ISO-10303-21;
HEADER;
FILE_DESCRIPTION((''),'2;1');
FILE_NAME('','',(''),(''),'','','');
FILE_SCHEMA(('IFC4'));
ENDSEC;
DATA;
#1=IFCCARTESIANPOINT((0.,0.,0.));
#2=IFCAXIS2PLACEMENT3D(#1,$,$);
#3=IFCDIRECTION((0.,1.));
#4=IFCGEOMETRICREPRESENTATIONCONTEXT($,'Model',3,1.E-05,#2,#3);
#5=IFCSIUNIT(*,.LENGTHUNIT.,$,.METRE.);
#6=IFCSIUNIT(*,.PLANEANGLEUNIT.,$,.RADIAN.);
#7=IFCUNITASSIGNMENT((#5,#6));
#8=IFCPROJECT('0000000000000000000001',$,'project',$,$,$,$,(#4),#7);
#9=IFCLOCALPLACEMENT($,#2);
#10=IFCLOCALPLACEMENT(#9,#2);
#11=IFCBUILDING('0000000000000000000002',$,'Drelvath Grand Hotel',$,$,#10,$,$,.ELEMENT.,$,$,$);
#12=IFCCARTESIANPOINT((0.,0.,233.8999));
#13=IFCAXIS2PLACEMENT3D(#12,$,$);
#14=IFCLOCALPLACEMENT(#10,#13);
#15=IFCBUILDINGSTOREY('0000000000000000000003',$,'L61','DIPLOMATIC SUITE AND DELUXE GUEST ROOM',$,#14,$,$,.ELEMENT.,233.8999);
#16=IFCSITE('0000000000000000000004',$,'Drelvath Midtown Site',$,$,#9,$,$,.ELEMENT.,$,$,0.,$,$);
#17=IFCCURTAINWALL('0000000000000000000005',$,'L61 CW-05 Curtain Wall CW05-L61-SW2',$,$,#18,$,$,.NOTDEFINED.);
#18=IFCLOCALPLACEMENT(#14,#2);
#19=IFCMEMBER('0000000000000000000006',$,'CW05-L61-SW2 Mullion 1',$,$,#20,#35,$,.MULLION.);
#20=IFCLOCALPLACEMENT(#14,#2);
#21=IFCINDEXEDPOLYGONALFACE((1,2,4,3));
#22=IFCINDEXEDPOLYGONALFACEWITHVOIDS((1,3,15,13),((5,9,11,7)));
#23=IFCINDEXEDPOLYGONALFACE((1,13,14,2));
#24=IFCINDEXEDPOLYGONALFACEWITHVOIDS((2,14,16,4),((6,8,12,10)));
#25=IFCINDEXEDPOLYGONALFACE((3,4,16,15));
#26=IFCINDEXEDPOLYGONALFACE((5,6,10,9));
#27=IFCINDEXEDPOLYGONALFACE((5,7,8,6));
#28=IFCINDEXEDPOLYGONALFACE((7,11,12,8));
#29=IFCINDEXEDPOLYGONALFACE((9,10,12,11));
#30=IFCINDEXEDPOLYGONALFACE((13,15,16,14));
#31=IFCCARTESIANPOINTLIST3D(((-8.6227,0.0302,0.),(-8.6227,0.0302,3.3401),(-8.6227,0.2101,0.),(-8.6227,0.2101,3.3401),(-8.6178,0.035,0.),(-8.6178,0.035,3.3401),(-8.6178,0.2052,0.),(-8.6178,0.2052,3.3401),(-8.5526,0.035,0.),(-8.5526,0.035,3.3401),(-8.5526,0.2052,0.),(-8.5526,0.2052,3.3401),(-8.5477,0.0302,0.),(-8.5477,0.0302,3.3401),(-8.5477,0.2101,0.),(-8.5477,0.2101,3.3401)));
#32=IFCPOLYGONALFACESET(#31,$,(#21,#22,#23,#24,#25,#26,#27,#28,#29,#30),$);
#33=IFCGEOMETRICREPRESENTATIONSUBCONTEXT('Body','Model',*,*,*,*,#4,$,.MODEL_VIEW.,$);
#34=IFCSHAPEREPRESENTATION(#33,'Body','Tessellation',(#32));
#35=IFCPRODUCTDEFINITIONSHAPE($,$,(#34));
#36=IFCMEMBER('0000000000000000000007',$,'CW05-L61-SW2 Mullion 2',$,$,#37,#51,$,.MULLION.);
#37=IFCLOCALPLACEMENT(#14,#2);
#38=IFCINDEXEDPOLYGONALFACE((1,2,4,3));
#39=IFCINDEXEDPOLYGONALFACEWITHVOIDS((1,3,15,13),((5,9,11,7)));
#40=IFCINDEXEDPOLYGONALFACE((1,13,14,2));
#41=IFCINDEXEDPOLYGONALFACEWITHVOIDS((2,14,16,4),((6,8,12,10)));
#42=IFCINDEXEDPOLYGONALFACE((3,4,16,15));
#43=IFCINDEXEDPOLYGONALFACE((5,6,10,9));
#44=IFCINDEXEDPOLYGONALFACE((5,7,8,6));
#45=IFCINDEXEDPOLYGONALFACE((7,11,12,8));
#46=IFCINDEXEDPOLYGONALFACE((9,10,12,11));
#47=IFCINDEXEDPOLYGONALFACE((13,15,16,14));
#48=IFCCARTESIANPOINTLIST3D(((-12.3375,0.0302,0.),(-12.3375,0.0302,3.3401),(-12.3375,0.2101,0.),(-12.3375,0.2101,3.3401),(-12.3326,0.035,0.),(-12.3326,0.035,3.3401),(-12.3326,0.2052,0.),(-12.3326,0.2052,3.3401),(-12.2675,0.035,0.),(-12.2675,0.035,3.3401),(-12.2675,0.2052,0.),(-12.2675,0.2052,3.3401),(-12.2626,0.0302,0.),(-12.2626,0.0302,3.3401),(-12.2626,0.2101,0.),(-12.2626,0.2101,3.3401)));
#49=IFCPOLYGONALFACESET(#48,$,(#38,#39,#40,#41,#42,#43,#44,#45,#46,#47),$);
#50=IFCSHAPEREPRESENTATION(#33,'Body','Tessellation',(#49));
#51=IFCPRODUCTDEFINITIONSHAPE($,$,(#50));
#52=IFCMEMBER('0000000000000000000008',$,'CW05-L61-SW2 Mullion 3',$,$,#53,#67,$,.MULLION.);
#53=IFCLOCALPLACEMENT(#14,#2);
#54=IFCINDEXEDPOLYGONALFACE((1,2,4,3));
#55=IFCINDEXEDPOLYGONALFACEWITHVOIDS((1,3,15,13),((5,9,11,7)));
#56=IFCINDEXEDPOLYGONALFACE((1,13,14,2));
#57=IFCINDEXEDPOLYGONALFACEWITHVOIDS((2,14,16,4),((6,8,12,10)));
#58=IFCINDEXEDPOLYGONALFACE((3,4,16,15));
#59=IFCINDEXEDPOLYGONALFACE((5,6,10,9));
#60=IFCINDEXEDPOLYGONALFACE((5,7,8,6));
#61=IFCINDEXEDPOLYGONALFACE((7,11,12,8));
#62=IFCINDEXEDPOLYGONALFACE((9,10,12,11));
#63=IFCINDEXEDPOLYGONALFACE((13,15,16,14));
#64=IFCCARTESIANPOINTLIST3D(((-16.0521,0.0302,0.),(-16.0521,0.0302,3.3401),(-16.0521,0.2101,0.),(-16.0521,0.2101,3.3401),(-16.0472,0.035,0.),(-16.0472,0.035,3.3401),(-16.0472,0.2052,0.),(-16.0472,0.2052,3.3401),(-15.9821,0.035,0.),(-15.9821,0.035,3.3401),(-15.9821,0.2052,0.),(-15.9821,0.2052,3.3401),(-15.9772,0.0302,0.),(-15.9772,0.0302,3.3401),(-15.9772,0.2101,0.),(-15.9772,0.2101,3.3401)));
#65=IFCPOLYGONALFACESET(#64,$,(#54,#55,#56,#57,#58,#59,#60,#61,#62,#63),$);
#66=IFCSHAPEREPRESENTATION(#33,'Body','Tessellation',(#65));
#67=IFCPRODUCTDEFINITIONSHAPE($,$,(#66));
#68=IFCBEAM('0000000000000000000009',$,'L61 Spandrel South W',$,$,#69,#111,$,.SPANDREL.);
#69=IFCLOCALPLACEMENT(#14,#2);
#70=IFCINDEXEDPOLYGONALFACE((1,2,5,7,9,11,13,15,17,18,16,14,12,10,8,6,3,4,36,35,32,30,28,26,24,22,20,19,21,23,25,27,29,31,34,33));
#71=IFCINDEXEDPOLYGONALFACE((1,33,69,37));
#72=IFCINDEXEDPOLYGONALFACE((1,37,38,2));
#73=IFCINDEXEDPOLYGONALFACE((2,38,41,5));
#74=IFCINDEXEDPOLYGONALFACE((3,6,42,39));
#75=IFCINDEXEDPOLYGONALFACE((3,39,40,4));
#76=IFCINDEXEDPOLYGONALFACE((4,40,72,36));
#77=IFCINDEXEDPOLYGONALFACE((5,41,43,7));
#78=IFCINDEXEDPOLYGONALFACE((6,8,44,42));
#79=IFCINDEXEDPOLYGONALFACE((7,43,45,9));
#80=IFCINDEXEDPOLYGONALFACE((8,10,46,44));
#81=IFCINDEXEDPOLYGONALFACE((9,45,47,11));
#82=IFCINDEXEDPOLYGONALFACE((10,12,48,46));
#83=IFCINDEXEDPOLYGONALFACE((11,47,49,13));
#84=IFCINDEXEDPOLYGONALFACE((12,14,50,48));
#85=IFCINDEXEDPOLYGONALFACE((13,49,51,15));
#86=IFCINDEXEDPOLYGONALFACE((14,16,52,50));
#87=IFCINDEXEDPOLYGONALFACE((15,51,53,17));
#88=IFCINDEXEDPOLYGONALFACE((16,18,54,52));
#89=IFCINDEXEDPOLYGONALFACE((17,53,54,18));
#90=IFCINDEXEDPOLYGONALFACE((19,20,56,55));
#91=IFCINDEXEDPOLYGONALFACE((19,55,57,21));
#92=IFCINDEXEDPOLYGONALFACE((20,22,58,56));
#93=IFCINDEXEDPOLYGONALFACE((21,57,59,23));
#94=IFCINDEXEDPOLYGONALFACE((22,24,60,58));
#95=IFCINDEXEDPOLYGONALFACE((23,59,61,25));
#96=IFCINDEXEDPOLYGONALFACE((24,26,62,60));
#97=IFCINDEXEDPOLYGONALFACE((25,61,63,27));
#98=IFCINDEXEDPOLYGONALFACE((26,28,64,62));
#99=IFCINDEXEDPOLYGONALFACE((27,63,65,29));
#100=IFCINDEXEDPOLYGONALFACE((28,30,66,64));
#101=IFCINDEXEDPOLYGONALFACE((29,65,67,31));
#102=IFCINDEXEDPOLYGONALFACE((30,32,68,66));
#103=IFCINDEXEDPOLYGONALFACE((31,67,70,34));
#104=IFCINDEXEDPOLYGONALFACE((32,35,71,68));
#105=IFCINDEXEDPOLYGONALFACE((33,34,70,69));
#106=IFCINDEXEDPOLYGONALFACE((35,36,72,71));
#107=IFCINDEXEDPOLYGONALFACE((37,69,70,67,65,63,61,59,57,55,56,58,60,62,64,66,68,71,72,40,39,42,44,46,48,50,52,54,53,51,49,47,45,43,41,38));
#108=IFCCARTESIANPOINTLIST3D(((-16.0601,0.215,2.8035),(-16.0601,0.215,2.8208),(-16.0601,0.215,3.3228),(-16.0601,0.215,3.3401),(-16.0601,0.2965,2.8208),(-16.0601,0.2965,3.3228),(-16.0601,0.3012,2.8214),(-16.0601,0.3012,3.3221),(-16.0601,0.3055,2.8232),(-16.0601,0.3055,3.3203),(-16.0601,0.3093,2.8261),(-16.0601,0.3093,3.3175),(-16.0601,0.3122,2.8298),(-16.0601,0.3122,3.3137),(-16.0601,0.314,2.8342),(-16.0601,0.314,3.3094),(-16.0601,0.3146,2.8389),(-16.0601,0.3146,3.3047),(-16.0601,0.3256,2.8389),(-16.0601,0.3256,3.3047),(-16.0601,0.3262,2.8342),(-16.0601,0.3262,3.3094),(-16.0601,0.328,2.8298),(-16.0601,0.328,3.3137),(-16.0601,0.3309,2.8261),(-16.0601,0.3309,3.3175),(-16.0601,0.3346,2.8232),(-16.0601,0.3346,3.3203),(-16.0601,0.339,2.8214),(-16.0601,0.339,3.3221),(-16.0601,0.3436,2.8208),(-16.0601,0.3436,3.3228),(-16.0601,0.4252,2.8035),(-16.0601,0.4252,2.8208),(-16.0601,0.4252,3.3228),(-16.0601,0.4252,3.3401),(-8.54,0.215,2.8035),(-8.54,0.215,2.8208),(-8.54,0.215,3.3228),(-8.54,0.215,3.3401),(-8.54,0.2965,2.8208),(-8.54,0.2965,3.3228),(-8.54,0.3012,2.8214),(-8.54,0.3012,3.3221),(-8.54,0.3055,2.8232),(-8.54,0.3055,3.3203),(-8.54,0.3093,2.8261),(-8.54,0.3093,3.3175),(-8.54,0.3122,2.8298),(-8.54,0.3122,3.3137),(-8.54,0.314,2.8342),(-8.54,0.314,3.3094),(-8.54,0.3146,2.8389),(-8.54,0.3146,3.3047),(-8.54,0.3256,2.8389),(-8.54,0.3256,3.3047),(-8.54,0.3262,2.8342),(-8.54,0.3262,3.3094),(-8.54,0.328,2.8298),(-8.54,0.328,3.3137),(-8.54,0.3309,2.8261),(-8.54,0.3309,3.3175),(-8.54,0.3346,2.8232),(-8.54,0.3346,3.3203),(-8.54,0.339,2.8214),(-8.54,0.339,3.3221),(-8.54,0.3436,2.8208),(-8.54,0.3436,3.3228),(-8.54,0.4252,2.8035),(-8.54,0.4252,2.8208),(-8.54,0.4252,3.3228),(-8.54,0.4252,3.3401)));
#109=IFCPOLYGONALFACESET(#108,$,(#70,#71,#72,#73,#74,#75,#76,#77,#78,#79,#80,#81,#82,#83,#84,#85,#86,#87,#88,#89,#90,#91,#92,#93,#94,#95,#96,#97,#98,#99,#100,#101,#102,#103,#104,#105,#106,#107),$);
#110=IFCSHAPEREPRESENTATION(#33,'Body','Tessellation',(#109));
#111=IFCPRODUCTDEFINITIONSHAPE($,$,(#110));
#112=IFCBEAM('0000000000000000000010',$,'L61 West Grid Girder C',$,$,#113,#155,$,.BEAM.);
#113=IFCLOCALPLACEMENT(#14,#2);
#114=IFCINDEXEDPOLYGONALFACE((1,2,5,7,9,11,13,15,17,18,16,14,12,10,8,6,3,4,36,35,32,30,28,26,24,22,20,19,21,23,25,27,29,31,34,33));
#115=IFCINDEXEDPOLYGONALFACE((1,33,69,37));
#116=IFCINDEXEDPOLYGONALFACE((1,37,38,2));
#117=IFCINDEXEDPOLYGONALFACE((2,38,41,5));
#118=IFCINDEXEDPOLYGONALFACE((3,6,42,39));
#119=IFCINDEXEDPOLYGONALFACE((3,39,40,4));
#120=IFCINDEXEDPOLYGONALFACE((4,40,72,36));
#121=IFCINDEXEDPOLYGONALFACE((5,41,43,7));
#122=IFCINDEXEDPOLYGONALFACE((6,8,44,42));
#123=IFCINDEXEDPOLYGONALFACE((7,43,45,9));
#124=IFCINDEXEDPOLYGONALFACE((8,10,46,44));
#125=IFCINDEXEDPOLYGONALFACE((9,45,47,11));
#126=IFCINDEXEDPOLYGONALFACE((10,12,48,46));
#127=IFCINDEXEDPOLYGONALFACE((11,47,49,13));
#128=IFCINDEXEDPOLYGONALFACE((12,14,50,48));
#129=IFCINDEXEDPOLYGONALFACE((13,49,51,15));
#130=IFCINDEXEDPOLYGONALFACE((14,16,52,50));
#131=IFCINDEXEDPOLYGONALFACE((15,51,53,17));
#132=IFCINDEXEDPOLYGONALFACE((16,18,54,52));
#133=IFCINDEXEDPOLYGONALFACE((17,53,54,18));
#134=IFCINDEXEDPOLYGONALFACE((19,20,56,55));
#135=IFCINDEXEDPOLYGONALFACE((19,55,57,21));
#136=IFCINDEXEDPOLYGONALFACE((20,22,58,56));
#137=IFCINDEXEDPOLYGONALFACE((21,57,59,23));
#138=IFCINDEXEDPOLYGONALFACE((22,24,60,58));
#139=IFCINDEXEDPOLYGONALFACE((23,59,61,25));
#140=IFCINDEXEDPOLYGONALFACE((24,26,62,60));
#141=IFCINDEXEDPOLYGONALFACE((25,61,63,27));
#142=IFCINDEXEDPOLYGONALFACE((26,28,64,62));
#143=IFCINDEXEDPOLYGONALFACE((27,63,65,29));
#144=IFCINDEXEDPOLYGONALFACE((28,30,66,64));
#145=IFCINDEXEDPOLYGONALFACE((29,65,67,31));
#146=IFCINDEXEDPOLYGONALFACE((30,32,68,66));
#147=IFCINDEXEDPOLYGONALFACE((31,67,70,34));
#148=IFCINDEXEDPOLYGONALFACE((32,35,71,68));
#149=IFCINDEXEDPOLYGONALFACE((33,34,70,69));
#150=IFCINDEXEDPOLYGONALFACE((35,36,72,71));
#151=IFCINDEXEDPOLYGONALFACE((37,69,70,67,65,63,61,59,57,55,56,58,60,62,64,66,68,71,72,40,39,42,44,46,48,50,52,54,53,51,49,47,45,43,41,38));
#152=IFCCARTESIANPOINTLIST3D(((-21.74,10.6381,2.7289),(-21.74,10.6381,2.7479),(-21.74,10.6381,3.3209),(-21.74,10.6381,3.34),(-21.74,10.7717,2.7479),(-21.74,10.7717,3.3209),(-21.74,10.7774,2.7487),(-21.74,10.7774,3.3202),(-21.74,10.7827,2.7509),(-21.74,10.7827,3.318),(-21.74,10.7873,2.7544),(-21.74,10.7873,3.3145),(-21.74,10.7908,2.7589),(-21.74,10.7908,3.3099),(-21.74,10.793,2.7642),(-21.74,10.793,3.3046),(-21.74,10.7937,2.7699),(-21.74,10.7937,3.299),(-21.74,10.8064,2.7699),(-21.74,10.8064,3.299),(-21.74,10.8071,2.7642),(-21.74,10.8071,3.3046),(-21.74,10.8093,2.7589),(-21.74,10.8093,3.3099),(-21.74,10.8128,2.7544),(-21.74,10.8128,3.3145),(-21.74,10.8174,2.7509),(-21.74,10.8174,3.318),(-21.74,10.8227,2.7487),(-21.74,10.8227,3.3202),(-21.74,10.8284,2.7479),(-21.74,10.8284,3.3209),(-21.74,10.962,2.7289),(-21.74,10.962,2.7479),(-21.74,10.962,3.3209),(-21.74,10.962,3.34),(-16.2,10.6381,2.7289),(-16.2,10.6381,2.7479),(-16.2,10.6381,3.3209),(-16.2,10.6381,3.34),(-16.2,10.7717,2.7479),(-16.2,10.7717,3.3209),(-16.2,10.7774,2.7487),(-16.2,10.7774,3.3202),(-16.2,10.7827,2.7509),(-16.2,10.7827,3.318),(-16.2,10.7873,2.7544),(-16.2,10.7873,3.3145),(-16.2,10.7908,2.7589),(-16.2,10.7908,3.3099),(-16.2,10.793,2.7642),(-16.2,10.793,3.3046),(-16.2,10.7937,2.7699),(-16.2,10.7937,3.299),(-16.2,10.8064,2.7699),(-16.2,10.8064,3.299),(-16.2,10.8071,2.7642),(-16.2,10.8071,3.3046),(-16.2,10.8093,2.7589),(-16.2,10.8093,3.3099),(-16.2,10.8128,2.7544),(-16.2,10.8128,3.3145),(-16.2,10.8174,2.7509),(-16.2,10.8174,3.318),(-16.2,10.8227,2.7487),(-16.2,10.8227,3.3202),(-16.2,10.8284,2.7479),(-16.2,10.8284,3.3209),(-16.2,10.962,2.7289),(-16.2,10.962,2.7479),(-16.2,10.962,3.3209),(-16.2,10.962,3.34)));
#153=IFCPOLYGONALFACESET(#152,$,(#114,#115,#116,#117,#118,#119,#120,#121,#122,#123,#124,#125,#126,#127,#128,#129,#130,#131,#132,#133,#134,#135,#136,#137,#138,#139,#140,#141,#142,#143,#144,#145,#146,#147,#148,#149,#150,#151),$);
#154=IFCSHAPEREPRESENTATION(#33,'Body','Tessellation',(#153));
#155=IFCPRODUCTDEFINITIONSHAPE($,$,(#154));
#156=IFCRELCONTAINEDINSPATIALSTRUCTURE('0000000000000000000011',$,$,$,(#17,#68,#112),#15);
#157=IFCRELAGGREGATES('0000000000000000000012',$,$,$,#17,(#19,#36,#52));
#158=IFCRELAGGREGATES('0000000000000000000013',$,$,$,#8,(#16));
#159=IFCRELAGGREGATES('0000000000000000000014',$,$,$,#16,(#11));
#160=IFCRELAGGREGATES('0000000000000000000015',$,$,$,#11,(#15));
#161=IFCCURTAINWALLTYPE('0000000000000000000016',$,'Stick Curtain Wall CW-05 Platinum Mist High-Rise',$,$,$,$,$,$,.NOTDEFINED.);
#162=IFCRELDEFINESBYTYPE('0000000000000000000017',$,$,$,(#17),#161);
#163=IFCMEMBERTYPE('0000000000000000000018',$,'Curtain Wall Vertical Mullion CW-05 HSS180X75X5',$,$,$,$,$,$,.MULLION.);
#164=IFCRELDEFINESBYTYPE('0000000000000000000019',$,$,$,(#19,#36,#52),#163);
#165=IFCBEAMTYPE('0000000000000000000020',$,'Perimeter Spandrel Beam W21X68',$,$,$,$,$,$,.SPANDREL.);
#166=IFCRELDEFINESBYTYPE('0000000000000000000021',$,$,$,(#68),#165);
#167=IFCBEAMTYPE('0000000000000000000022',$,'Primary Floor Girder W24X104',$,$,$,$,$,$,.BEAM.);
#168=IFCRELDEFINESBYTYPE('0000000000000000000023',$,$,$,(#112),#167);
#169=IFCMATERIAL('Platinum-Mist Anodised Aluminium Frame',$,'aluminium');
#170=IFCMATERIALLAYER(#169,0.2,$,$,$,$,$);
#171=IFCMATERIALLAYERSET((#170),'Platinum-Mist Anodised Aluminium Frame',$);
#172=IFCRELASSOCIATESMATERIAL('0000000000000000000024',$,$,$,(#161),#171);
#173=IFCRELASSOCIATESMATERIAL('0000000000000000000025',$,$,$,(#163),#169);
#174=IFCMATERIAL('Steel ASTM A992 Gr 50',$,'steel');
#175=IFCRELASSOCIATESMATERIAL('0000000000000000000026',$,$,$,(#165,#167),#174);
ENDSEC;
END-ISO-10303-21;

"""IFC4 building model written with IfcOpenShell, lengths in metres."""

from ifc_helpers import new_model, si_unit, direction, frame, origin, origin_2d, place, context, subcontext, project, spatial, hollow_rectangle, i_section, extrude, material, layer, layer_set, material_profile, profile_set, type_object, element, aggregate, save


model = new_model("IFC4")

# Units and contexts
model_context = context("Model", 3, precision=1e-05, world=origin(), true_north=direction((0.0, 1.0)))
body_context = subcontext(model_context, "Body", "Model", "MODEL_VIEW")
ifc_project = project(units=[si_unit("LENGTHUNIT", "METRE"), si_unit("PLANEANGLEUNIT", "RADIAN")], contexts=[model_context])

# Site, building, storey
site_placement = place(None, origin())
site = spatial("IfcSite", under=ifc_project, at=site_placement, Name="Drelvath Midtown Site", CompositionType="ELEMENT", RefElevation=0.0)
building_placement = place(site_placement, origin())
building = spatial("IfcBuilding", under=site, at=building_placement, Name="Drelvath Grand Hotel", CompositionType="ELEMENT")
storey_placement = place(building_placement, frame((0.0, 0.0, 233.8999)))
storey = spatial("IfcBuildingStorey", under=building, at=storey_placement, Name="L61", Description="DIPLOMATIC SUITE AND DELUXE GUEST ROOM", CompositionType="ELEMENT", Elevation=233.8999)

# Curtain wall
ifc_material_1 = material(Name="Platinum-Mist Anodised Aluminium Frame", Category="aluminium")
ifc_layer_1 = layer(ifc_material_1, 0.2)
ifc_layer_set_1 = layer_set([ifc_layer_1], Name="Platinum-Mist Anodised Aluminium Frame")
curtain_wall_type = type_object("IfcCurtainWallType", Name="Stick Curtain Wall CW-05 Platinum Mist High-Rise", PredefinedType="NOTDEFINED", material=ifc_layer_set_1)
curtain_wall_1_placement = place(storey_placement, origin())
curtain_wall_1 = element("IfcCurtainWall", 1, at=curtain_wall_1_placement, inside=storey, type_object=curtain_wall_type, Name="L61 CW-05 Curtain Wall CW05-L61-SW2", PredefinedType="NOTDEFINED")

# Members
ifc_material_profile_1 = material_profile(ifc_material_1, hollow_rectangle(XDim=0.075, YDim=0.1799, WallThickness=0.0049, at=origin_2d()), Name="HSS180X75X5")
ifc_profile_set_1 = profile_set([ifc_material_profile_1], Name="Platinum-Mist Anodised Aluminium Frame")
member_type_1 = type_object("IfcMemberType", Name="Curtain Wall Vertical Mullion CW-05 HSS180X75X5", PredefinedType="MULLION", material=ifc_profile_set_1)
member_1_placement = place(storey_placement, frame((-8.5852, 0.1201, 0.0), z_axis=(0.0, 0.0, 1.0), x_axis=(1.0, 0.0, 0.0)))
member_1 = element("IfcMember", 2, at=member_1_placement, type_object=member_type_1, Name="CW05-L61-SW2 Mullion 1", PredefinedType="MULLION", context=body_context, shape_type="SweptSolid", body=[
    extrude(hollow_rectangle(XDim=0.075, YDim=0.1799, WallThickness=0.0049, at=origin_2d()), origin(), (0.0, 0.0, 1.0), 3.3401),
])
member_2_placement = place(storey_placement, frame((-12.3, 0.1201, 0.0), z_axis=(0.0, 0.0, 1.0), x_axis=(1.0, 0.0, 0.0)))
member_2 = element("IfcMember", 3, at=member_2_placement, type_object=member_type_1, Name="CW05-L61-SW2 Mullion 2", PredefinedType="MULLION", context=body_context, shape_type="SweptSolid", body=[
    extrude(hollow_rectangle(XDim=0.075, YDim=0.1799, WallThickness=0.0049, at=origin_2d()), origin(), (0.0, 0.0, 1.0), 3.3401),
])
member_3_placement = place(storey_placement, frame((-16.0146, 0.1201, 0.0), z_axis=(0.0, 0.0, 1.0), x_axis=(1.0, 0.0, 0.0)))
member_3 = element("IfcMember", 4, at=member_3_placement, type_object=member_type_1, Name="CW05-L61-SW2 Mullion 3", PredefinedType="MULLION", context=body_context, shape_type="SweptSolid", body=[
    extrude(hollow_rectangle(XDim=0.075, YDim=0.1799, WallThickness=0.0049, at=origin_2d()), origin(), (0.0, 0.0, 1.0), 3.3401),
])

# Beams
ifc_material_2 = material(Name="Steel ASTM A992 Gr 50", Category="steel")
ifc_material_profile_2 = material_profile(ifc_material_2, i_section(OverallWidth=0.2102, OverallDepth=0.5366, WebThickness=0.011, FlangeThickness=0.0173, FilletRadius=0.0181, at=origin_2d()), Name="W21X68")
ifc_profile_set_2 = profile_set([ifc_material_profile_2], Name="Steel ASTM A992 Gr 50")
beam_type_1 = type_object("IfcBeamType", Name="Perimeter Spandrel Beam W21X68", PredefinedType="SPANDREL", material=ifc_profile_set_2)
beam_1_placement = place(storey_placement, frame((-16.0601, 0.3201, 3.0718), z_axis=(1.0, 0.0, 0.0), x_axis=(0.0, 1.0, 0.0)))
element("IfcBeam", 5, at=beam_1_placement, inside=storey, type_object=beam_type_1, Name="L61 Spandrel South W", PredefinedType="SPANDREL", context=body_context, shape_type="SweptSolid", body=[
    extrude(i_section(OverallWidth=0.2102, OverallDepth=0.5366, WebThickness=0.011, FlangeThickness=0.0173, FilletRadius=0.0181, at=origin_2d()), origin(), (0.0, 0.0, 1.0), 7.52),
])
ifc_material_profile_3 = material_profile(ifc_material_2, i_section(OverallWidth=0.324, OverallDepth=0.6111, WebThickness=0.0127, FlangeThickness=0.019, FilletRadius=0.022, at=origin_2d()), Name="W24X104")
ifc_profile_set_3 = profile_set([ifc_material_profile_3], Name="Steel ASTM A992 Gr 50")
beam_type_2 = type_object("IfcBeamType", Name="Primary Floor Girder W24X104", PredefinedType="BEAM", material=ifc_profile_set_3)
beam_2_placement = place(storey_placement, frame((-21.74, 10.8, 3.0344), z_axis=(1.0, 0.0, 0.0), x_axis=(0.0, 1.0, 0.0)))
element("IfcBeam", 6, at=beam_2_placement, inside=storey, type_object=beam_type_2, Name="L61 West Grid Girder C", PredefinedType="BEAM", context=body_context, shape_type="SweptSolid", body=[
    extrude(i_section(OverallWidth=0.324, OverallDepth=0.6111, WebThickness=0.0127, FlangeThickness=0.019, FilletRadius=0.022, at=origin_2d()), origin(), (0.0, 0.0, 1.0), 5.54),
])

aggregate(curtain_wall_1, [member_1, member_2, member_3])

save(model, "model.ifc")
